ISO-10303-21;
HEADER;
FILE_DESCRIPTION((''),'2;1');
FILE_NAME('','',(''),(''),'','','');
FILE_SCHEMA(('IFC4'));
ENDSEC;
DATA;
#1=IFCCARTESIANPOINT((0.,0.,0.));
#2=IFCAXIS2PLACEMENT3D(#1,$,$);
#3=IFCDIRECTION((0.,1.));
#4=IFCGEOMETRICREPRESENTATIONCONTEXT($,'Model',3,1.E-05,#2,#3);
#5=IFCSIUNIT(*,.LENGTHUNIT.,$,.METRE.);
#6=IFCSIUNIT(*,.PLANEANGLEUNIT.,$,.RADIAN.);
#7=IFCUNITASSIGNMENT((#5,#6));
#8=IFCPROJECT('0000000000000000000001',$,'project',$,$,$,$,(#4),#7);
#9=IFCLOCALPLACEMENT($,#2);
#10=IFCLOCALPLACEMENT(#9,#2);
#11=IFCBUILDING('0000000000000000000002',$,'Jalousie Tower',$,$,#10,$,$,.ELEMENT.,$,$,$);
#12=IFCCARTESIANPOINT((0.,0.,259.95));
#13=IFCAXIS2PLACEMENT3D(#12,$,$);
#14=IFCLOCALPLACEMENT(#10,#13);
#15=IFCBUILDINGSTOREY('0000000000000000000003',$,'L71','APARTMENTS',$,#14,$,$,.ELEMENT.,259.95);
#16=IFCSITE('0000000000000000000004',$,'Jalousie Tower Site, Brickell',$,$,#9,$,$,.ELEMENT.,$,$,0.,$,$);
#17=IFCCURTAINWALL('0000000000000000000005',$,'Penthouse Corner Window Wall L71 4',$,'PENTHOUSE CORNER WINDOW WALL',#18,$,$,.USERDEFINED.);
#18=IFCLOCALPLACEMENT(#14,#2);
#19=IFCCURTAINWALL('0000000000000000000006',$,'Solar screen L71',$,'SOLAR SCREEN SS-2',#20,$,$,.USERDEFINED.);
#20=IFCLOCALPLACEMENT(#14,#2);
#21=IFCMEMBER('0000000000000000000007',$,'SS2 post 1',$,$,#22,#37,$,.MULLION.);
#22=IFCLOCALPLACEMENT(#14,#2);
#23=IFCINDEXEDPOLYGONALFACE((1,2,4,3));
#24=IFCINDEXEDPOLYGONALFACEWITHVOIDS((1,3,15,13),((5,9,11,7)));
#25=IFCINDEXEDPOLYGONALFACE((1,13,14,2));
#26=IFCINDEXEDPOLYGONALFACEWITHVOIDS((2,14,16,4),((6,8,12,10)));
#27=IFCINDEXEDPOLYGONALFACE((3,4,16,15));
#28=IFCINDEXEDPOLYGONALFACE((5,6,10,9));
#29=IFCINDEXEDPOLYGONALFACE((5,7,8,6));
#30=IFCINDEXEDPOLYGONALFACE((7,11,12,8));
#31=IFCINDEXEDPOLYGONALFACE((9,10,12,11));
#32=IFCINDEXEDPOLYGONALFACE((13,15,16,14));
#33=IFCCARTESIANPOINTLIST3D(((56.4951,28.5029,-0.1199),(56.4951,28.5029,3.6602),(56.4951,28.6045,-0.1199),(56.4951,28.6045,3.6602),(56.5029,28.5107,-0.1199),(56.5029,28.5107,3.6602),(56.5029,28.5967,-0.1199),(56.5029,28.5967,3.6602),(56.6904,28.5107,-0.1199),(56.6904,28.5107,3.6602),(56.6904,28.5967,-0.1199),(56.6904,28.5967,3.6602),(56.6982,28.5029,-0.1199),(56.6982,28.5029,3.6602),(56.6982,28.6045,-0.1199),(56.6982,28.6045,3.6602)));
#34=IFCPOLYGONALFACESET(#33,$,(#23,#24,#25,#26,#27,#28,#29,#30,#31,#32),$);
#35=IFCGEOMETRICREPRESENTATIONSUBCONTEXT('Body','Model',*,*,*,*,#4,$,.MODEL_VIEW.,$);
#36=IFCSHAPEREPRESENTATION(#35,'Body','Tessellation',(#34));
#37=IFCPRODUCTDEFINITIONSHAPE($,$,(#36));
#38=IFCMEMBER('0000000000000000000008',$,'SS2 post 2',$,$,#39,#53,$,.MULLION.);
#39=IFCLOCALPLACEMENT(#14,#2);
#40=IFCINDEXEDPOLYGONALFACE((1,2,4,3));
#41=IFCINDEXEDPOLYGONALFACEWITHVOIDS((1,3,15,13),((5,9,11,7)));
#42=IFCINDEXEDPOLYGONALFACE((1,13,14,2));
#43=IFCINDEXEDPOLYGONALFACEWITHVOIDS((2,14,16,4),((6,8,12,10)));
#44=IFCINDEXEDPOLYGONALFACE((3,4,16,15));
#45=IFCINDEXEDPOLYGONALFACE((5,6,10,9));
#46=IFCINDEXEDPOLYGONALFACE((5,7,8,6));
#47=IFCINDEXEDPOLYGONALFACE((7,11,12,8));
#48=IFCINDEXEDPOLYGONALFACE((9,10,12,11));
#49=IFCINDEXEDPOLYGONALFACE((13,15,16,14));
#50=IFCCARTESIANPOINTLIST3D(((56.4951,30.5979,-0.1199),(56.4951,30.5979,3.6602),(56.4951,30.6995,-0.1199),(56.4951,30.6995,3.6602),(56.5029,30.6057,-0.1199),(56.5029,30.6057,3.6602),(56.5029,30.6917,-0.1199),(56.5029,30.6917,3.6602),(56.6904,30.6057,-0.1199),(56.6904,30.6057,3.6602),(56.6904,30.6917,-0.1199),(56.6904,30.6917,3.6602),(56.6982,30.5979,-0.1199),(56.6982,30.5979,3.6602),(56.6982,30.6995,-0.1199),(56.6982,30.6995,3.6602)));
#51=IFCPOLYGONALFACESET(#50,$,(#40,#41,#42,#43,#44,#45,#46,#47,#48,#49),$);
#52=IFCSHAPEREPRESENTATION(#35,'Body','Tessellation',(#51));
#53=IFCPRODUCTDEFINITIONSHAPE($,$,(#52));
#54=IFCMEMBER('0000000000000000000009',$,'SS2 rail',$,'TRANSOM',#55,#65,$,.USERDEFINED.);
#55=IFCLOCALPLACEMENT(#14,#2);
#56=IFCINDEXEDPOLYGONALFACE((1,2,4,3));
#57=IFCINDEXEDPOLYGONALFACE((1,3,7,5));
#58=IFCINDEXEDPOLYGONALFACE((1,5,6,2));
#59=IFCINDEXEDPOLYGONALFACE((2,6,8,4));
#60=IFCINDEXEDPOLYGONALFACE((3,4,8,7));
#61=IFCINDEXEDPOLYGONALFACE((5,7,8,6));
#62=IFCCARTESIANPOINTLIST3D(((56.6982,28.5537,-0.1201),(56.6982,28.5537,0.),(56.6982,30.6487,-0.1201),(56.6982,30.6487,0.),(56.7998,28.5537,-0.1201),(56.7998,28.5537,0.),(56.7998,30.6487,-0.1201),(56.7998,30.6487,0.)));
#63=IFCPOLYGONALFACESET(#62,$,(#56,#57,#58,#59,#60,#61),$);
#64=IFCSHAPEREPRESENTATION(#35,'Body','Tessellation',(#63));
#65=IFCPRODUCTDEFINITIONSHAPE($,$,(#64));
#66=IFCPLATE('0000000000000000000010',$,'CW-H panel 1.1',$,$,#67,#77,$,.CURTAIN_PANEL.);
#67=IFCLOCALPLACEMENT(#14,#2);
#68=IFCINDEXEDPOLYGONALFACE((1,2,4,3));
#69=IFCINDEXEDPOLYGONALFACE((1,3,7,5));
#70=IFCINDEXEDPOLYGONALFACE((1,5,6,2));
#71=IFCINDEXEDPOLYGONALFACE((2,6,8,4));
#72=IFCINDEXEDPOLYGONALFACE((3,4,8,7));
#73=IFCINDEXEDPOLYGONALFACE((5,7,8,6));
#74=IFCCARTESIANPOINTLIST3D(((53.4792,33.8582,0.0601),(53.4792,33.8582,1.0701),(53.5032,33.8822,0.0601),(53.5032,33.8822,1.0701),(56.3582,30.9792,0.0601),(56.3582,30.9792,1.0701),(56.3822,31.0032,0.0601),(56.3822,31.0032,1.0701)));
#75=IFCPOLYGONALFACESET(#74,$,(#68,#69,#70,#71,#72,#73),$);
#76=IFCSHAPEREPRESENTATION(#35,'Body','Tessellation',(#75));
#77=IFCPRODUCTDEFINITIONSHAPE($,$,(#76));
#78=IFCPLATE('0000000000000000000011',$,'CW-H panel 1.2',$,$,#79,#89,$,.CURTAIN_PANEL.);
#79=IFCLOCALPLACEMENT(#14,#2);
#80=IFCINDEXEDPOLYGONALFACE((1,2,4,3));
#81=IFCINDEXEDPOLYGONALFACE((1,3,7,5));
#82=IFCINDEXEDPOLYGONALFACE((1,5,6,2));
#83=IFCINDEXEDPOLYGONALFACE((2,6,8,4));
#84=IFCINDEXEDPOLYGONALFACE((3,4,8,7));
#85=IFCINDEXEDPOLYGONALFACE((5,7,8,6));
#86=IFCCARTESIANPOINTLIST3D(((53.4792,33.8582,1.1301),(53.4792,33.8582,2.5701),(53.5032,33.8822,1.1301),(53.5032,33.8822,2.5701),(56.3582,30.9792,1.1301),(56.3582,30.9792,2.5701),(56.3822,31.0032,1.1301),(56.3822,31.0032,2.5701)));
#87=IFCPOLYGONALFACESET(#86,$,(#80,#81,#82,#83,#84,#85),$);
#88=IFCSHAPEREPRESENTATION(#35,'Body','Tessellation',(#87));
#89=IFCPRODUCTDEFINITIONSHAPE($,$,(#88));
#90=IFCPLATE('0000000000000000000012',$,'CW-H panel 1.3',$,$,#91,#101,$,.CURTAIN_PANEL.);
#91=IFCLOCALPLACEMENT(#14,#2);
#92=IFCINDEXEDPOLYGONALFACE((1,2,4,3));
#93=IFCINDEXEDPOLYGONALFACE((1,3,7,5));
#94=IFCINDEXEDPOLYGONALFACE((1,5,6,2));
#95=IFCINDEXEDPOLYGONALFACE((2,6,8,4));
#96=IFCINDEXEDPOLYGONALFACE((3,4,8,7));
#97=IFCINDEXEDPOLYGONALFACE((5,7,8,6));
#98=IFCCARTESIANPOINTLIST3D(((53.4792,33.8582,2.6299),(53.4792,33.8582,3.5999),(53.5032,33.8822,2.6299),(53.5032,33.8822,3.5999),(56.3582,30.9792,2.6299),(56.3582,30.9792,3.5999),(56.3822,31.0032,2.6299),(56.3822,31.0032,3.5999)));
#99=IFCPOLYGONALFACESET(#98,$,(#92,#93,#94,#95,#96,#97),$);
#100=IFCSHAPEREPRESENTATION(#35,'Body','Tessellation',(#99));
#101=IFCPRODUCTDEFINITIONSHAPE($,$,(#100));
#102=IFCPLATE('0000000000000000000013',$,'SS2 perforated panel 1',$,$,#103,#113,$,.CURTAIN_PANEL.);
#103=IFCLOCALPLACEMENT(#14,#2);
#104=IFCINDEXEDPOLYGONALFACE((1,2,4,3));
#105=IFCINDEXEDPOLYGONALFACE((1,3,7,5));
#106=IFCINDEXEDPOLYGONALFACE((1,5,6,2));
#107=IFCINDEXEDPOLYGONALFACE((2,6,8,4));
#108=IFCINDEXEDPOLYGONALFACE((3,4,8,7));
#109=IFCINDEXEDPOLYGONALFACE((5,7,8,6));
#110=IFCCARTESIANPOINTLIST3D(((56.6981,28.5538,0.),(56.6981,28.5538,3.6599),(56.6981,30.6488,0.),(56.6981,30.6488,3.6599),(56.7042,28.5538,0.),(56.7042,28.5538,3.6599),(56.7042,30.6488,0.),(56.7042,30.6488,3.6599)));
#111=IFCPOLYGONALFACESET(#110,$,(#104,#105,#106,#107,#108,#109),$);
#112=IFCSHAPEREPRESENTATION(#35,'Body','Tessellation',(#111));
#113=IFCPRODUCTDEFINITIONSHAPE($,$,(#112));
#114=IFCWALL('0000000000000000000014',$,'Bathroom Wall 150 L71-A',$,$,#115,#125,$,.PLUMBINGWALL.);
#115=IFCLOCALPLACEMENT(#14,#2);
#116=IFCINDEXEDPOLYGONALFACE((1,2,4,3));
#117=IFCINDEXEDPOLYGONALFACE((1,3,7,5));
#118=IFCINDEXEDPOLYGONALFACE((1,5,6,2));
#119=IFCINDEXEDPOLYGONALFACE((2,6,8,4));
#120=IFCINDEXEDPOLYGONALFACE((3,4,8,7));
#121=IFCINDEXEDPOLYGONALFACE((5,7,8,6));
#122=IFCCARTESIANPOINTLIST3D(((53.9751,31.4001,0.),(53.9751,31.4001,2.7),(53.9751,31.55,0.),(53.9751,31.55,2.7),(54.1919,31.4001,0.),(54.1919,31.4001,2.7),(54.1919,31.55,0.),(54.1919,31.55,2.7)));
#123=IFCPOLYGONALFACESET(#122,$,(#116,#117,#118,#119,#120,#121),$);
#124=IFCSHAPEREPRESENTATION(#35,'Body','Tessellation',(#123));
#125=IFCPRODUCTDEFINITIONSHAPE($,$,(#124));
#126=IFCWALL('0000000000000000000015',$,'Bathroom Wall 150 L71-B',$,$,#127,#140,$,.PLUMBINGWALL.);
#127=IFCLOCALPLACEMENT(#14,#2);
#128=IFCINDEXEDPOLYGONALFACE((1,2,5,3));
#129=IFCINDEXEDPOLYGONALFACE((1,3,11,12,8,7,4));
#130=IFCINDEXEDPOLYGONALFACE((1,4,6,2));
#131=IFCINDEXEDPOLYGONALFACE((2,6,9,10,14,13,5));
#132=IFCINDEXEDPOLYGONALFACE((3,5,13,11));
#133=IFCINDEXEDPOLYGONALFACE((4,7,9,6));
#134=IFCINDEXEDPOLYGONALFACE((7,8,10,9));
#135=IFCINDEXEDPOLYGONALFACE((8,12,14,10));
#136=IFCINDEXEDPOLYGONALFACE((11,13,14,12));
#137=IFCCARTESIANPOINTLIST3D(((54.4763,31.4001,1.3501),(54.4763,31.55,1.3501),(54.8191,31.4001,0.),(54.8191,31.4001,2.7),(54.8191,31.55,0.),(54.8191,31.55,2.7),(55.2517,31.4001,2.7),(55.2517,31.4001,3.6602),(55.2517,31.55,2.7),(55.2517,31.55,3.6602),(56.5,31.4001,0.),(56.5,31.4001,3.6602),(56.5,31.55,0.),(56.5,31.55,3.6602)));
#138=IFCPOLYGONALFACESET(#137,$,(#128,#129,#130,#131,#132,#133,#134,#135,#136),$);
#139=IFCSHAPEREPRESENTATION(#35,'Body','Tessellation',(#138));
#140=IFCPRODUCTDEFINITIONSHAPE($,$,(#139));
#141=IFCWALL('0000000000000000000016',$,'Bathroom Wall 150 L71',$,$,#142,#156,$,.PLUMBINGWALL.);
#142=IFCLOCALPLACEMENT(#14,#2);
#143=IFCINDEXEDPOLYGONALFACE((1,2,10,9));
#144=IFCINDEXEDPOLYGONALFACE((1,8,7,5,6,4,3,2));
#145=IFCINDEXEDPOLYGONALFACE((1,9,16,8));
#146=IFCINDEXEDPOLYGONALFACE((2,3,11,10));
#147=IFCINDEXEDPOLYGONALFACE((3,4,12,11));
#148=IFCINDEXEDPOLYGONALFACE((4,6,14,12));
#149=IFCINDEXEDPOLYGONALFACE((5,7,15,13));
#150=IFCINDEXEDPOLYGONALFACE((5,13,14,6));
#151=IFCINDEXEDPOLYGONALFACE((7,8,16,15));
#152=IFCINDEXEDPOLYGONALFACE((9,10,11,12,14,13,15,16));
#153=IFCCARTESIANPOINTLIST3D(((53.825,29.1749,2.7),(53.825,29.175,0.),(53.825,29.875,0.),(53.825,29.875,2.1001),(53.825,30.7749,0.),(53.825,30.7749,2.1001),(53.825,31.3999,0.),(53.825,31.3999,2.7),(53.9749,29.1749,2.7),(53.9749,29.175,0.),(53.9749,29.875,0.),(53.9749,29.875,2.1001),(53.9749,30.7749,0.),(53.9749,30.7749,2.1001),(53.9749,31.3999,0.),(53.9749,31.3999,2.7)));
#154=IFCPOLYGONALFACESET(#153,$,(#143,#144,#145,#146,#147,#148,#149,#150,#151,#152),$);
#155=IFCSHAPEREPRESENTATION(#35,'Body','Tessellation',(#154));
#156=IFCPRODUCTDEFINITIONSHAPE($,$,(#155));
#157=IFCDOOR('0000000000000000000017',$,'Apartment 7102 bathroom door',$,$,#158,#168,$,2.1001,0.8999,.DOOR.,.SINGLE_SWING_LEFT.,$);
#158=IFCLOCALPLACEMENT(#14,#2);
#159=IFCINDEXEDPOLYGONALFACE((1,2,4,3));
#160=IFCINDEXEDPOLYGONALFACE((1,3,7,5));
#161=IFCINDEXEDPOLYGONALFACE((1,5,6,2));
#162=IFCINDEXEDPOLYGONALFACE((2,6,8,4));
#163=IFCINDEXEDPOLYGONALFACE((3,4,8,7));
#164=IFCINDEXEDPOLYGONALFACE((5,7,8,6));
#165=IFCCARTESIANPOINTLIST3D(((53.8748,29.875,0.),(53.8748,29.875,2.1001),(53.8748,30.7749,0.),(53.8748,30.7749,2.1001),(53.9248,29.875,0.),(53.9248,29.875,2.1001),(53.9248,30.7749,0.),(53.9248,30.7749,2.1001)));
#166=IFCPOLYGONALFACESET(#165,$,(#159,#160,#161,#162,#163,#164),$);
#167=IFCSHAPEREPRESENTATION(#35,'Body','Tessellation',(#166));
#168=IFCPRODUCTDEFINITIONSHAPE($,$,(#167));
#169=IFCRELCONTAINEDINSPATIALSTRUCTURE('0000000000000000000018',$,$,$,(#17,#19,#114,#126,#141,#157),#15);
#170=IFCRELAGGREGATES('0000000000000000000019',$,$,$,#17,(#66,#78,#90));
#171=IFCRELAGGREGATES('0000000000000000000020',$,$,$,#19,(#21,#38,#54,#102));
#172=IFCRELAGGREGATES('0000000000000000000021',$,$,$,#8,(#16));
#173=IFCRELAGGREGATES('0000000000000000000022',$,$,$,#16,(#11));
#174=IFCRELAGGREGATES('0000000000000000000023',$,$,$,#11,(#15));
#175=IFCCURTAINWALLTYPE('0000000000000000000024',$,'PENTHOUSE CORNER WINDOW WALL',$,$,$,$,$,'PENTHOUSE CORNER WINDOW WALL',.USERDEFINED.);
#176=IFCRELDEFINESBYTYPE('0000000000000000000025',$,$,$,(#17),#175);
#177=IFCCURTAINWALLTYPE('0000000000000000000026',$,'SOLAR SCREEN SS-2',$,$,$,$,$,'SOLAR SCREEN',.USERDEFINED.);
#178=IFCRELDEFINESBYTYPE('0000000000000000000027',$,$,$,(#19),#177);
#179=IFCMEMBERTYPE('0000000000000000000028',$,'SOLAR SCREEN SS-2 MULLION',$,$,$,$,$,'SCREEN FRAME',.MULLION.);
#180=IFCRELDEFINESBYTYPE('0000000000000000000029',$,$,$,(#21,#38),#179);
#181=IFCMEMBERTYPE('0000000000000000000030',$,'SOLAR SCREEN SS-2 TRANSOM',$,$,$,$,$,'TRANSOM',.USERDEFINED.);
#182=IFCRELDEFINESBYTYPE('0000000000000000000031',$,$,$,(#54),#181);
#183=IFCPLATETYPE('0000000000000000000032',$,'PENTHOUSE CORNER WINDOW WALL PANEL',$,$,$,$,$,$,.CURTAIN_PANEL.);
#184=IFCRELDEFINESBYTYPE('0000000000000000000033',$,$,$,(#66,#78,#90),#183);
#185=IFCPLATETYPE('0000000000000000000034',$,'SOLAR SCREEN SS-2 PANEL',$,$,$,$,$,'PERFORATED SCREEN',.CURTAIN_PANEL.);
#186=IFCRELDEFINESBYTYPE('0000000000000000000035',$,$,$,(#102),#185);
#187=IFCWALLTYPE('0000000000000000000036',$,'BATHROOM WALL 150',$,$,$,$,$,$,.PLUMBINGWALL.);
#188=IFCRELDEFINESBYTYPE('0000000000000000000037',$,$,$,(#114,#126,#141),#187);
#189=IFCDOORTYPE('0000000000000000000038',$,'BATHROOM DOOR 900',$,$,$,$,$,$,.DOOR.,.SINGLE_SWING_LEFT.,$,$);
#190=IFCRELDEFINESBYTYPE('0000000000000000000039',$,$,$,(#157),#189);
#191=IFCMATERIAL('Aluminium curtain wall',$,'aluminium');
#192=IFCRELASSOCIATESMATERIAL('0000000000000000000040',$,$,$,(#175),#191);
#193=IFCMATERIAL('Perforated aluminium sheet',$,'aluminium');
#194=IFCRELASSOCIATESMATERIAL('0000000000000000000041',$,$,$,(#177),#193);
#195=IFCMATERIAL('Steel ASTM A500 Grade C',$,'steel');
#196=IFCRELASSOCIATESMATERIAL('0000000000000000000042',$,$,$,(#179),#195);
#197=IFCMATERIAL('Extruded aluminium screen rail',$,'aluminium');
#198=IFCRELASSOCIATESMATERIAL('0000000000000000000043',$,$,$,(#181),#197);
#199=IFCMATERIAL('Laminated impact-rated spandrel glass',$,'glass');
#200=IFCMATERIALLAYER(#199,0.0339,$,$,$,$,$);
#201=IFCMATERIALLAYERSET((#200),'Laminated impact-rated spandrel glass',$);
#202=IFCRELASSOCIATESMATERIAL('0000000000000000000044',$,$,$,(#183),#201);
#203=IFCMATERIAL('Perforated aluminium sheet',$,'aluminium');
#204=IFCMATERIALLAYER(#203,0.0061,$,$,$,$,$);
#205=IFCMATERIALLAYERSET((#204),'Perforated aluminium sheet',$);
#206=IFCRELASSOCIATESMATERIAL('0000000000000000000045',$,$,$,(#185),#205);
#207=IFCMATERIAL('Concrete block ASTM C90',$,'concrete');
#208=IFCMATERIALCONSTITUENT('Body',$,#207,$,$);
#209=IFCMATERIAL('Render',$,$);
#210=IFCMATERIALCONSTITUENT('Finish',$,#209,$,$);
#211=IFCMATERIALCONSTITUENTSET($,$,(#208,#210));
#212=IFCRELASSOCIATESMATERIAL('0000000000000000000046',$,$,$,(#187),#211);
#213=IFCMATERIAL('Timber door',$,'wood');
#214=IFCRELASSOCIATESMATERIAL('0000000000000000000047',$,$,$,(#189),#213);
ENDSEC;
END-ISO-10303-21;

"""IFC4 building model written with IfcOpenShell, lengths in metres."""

from ifc_helpers import new_model, si_unit, direction, frame, frame_2d, origin, origin_2d, place, context, subcontext, project, spatial, polyline, rectangle, hollow_rectangle, outline, extrude, material, layer, layer_set, constituent, constituent_set, material_profile, profile_set, type_object, element, fill, aggregate, save


model = new_model("IFC4")

# Units and contexts
model_context = context("Model", 3, precision=1e-05, world=origin(), true_north=direction((0.0, 1.0)))
body_context = subcontext(model_context, "Body", "Model", "MODEL_VIEW")
ifc_project = project(units=[si_unit("LENGTHUNIT", "METRE"), si_unit("PLANEANGLEUNIT", "RADIAN")], contexts=[model_context])

# Site, building, storey
site_placement = place(None, origin())
site = spatial("IfcSite", under=ifc_project, at=site_placement, Name="Jalousie Tower Site, Brickell", CompositionType="ELEMENT", RefElevation=0.0)
building_placement = place(site_placement, origin())
building = spatial("IfcBuilding", under=site, at=building_placement, Name="Jalousie Tower", CompositionType="ELEMENT")
storey_placement = place(building_placement, frame((0.0, 0.0, 259.95)))
storey = spatial("IfcBuildingStorey", under=building, at=storey_placement, Name="L71", Description="APARTMENTS", CompositionType="ELEMENT", Elevation=259.95)

# Curtain wall
ifc_material_1 = material(Name="Aluminium curtain wall", Category="aluminium")
curtain_wall_type_1 = type_object("IfcCurtainWallType", Name="PENTHOUSE CORNER WINDOW WALL", ElementType="PENTHOUSE CORNER WINDOW WALL", PredefinedType="USERDEFINED", material=ifc_material_1)
curtain_wall_1_placement = place(storey_placement, origin())
curtain_wall_1 = element("IfcCurtainWall", 1, at=curtain_wall_1_placement, inside=storey, type_object=curtain_wall_type_1, Name="Penthouse Corner Window Wall L71 4", ObjectType="PENTHOUSE CORNER WINDOW WALL", PredefinedType="USERDEFINED")

# Curtain wall, members
ifc_material_2 = material(Name="Perforated aluminium sheet", Category="aluminium")
curtain_wall_type_2 = type_object("IfcCurtainWallType", Name="SOLAR SCREEN SS-2", ElementType="SOLAR SCREEN", PredefinedType="USERDEFINED", material=ifc_material_2)
curtain_wall_2_placement = place(storey_placement, origin())
curtain_wall_2 = element("IfcCurtainWall", 2, at=curtain_wall_2_placement, inside=storey, type_object=curtain_wall_type_2, Name="Solar screen L71", ObjectType="SOLAR SCREEN SS-2", PredefinedType="USERDEFINED")
ifc_material_3 = material(Name="Steel ASTM A500 Grade C", Category="steel")
ifc_material_profile_1 = material_profile(ifc_material_3, hollow_rectangle(XDim=0.1016, YDim=0.2031, WallThickness=0.0078, at=origin_2d()), Name="HSS8X4X5/16")
ifc_profile_set_1 = profile_set([ifc_material_profile_1], Name="Steel ASTM A500 Grade C")
member_type_1 = type_object("IfcMemberType", Name="SOLAR SCREEN SS-2 MULLION", ElementType="SCREEN FRAME", PredefinedType="MULLION", material=ifc_profile_set_1)
member_1_placement = place(storey_placement, frame((56.5967, 28.5537, -0.1199), z_axis=(0.0, 0.0, 1.0), x_axis=(0.0, 1.0, 0.0)))
member_1 = element("IfcMember", 3, at=member_1_placement, type_object=member_type_1, Name="SS2 post 1", PredefinedType="MULLION", context=body_context, shape_type="SweptSolid", body=[
    extrude(hollow_rectangle(XDim=0.1016, YDim=0.2031, WallThickness=0.0078, at=origin_2d()), origin(), (0.0, 0.0, 1.0), 3.78),
])
member_2_placement = place(storey_placement, frame((56.5967, 30.6487, -0.1199), z_axis=(0.0, 0.0, 1.0), x_axis=(0.0, 1.0, 0.0)))
member_2 = element("IfcMember", 4, at=member_2_placement, type_object=member_type_1, Name="SS2 post 2", PredefinedType="MULLION", context=body_context, shape_type="SweptSolid", body=[
    extrude(hollow_rectangle(XDim=0.1016, YDim=0.2031, WallThickness=0.0078, at=origin_2d()), origin(), (0.0, 0.0, 1.0), 3.78),
])
ifc_material_4 = material(Name="Extruded aluminium screen rail", Category="aluminium")
ifc_material_profile_2 = material_profile(ifc_material_4, rectangle(XDim=0.1016, YDim=0.1201, at=origin_2d()), Name="RAIL 102x120")
ifc_profile_set_2 = profile_set([ifc_material_profile_2], Name="Extruded aluminium screen rail")
member_type_2 = type_object("IfcMemberType", Name="SOLAR SCREEN SS-2 TRANSOM", ElementType="TRANSOM", PredefinedType="USERDEFINED", material=ifc_profile_set_2)
member_3_placement = place(storey_placement, frame((56.749, 28.5537, -0.0601), z_axis=(0.0, 1.0, 0.0), x_axis=(-1.0, 0.0, 0.0)))
member_3 = element("IfcMember", 5, at=member_3_placement, type_object=member_type_2, Name="SS2 rail", ObjectType="TRANSOM", PredefinedType="USERDEFINED", context=body_context, shape_type="SweptSolid", body=[
    extrude(rectangle(XDim=0.1016, YDim=0.1201, at=origin_2d()), origin(), (0.0, 0.0, 1.0), 2.095),
])

# Plates
ifc_material_5 = material(Name="Laminated impact-rated spandrel glass", Category="glass")
ifc_layer_1 = layer(ifc_material_5, 0.0339)
ifc_layer_set_1 = layer_set([ifc_layer_1], Name="Laminated impact-rated spandrel glass")
plate_type_1 = type_object("IfcPlateType", Name="PENTHOUSE CORNER WINDOW WALL PANEL", PredefinedType="CURTAIN_PANEL", material=ifc_layer_set_1)
plate_1_placement = place(storey_placement, frame((54.9307, 32.4307, 0.0601), z_axis=(0.0, 0.0, 1.0), x_axis=(-0.707107, 0.707107, 0.0)))
plate_1 = element("IfcPlate", 6, at=plate_1_placement, type_object=plate_type_1, Name="CW-H panel 1.1", PredefinedType="CURTAIN_PANEL", context=body_context, shape_type="SweptSolid", body=[
    extrude(rectangle(XDim=4.0715, YDim=0.0339, at=origin_2d()), origin(), (0.0, 0.0, 1.0), 1.01),
])
plate_2_placement = place(storey_placement, frame((54.9307, 32.4307, 1.1301), z_axis=(0.0, 0.0, 1.0), x_axis=(-0.707107, 0.707107, 0.0)))
plate_2 = element("IfcPlate", 7, at=plate_2_placement, type_object=plate_type_1, Name="CW-H panel 1.2", PredefinedType="CURTAIN_PANEL", context=body_context, shape_type="SweptSolid", body=[
    extrude(rectangle(XDim=4.0715, YDim=0.0339, at=origin_2d()), origin(), (0.0, 0.0, 1.0), 1.4399),
])
plate_3_placement = place(storey_placement, frame((54.9307, 32.4307, 2.6299), z_axis=(0.0, 0.0, 1.0), x_axis=(-0.707107, 0.707107, 0.0)))
plate_3 = element("IfcPlate", 8, at=plate_3_placement, type_object=plate_type_1, Name="CW-H panel 1.3", PredefinedType="CURTAIN_PANEL", context=body_context, shape_type="SweptSolid", body=[
    extrude(rectangle(XDim=4.0715, YDim=0.0339, at=origin_2d()), origin(), (0.0, 0.0, 1.0), 0.97),
])
aggregate(curtain_wall_1, [plate_1, plate_2, plate_3])
ifc_material_6 = material(Name="Perforated aluminium sheet", Category="aluminium")
ifc_layer_2 = layer(ifc_material_6, 0.0061)
ifc_layer_set_2 = layer_set([ifc_layer_2], Name="Perforated aluminium sheet")
plate_type_2 = type_object("IfcPlateType", Name="SOLAR SCREEN SS-2 PANEL", ElementType="PERFORATED SCREEN", PredefinedType="CURTAIN_PANEL", material=ifc_layer_set_2)
plate_4_placement = place(storey_placement, frame((56.7012, 29.6013, 0.0), z_axis=(0.0, 0.0, 1.0), x_axis=(0.0, 1.0, 0.0)))
plate_4 = element("IfcPlate", 9, at=plate_4_placement, type_object=plate_type_2, Name="SS2 perforated panel 1", PredefinedType="CURTAIN_PANEL", context=body_context, shape_type="SweptSolid", body=[
    extrude(rectangle(XDim=2.095, YDim=0.0061, at=origin_2d()), origin(), (0.0, 0.0, 1.0), 3.6599),
])
aggregate(curtain_wall_2, [member_1, member_2, member_3, plate_4])

# Walls
ifc_material_7 = material(Name="Concrete block ASTM C90", Category="concrete")
ifc_constituent_1 = constituent(ifc_material_7, Name="Body")
ifc_material_8 = material(Name="Render")
ifc_constituent_2 = constituent(ifc_material_8, Name="Finish")
ifc_constituent_set = constituent_set(constituents=[ifc_constituent_1, ifc_constituent_2])
wall_type = type_object("IfcWallType", Name="BATHROOM WALL 150", PredefinedType="PLUMBINGWALL", material=ifc_constituent_set)
wall_1_placement = place(storey_placement, frame((53.9751, 31.4751, 0.0), z_axis=(0.0, 0.0, 1.0), x_axis=(1.0, 0.0, 0.0)))
element("IfcWall", 10, at=wall_1_placement, inside=storey, type_object=wall_type, Name="Bathroom Wall 150 L71-A", PredefinedType="PLUMBINGWALL", context=body_context, shape_type="SweptSolid", body=[
    extrude(rectangle(XDim=0.2168, YDim=0.1499, at=frame_2d((0.1084, 0.0))), origin(), (0.0, 0.0, 1.0), 2.7),
])
wall_2_placement = place(storey_placement, frame((54.4763, 31.4751, 0.0), z_axis=(0.0, 0.0, 1.0), x_axis=(1.0, 0.0, 0.0)))
element("IfcWall", 11, at=wall_2_placement, inside=storey, type_object=wall_type, Name="Bathroom Wall 150 L71-B", PredefinedType="PLUMBINGWALL", context=body_context, shape_type="SweptSolid", body=[
    extrude(outline(polyline([(0.7754, 3.6602), (0.7754, 2.7), (0.3428, 2.7), (0.0, 1.3501), (0.3428, 0.0), (2.0237, 0.0), (2.0237, 3.6602), (0.7754, 3.6602)])), frame((0.0, 0.075, 0.0), z_axis=(0.0, -1.0, 0.0), x_axis=(1.0, 0.0, 0.0)), (0.0, 0.0, 1.0), 0.1499),
])

# Wall, opening, door
wall_3_placement = place(storey_placement, frame((53.8999, 31.3999, 0.0), z_axis=(0.0, 0.0, 1.0), x_axis=(0.0, -1.0, 0.0)))
wall_3 = element("IfcWall", 12, at=wall_3_placement, inside=storey, type_object=wall_type, Name="Bathroom Wall 150 L71", PredefinedType="PLUMBINGWALL", context=body_context, shape_type="SweptSolid", body=[
    extrude(outline(polyline([(0.0, 0.0), (2.2249, 0.0), (2.2251, 3.6602), (2.2251, 2.7), (0.438, 2.7), (0.0, 2.7), (0.0, 3.6602), (0.0, 0.0)])), frame((0.0, 0.075, 0.0), z_axis=(0.0, -1.0, 0.0), x_axis=(1.0, 0.0, 0.0)), (0.0, 0.0, 1.0), 0.1499),
])
opening_placement = place(wall_3_placement, frame((0.625, 0.0, 0.0)))
opening = element("IfcOpeningElement", 13, at=opening_placement, cuts=wall_3, PredefinedType="OPENING", context=body_context, shape_type="SweptSolid", body=[
    extrude(rectangle(XDim=0.8999, YDim=2.1001, at=frame_2d((0.45, 1.05))), frame((0.0, 0.085, 0.0), z_axis=(0.0, -1.0, 0.0), x_axis=(1.0, 0.0, 0.0)), (0.0, 0.0, 1.0), 0.1699),
])
ifc_material_9 = material(Name="Timber door", Category="wood")
door_type = type_object("IfcDoorType", Name="BATHROOM DOOR 900", OperationType="SINGLE_SWING_LEFT", PredefinedType="DOOR", material=ifc_material_9)
door_placement = place(opening_placement, origin())
door = element("IfcDoor", 14, at=door_placement, inside=storey, type_object=door_type, Name="Apartment 7102 bathroom door", OperationType="SINGLE_SWING_LEFT", OverallHeight=2.1001, OverallWidth=0.8999, PredefinedType="DOOR", context=body_context, shape_type="SweptSolid", body=[
    extrude(rectangle(XDim=0.8999, YDim=2.1001, at=frame_2d((0.45, 1.05))), frame((0.0, 0.0249, 0.0), z_axis=(0.0, -1.0, 0.0), x_axis=(1.0, 0.0, 0.0)), (0.0, 0.0, 1.0), 0.05),
])
fill(opening, door)

save(model, "model.ifc")
